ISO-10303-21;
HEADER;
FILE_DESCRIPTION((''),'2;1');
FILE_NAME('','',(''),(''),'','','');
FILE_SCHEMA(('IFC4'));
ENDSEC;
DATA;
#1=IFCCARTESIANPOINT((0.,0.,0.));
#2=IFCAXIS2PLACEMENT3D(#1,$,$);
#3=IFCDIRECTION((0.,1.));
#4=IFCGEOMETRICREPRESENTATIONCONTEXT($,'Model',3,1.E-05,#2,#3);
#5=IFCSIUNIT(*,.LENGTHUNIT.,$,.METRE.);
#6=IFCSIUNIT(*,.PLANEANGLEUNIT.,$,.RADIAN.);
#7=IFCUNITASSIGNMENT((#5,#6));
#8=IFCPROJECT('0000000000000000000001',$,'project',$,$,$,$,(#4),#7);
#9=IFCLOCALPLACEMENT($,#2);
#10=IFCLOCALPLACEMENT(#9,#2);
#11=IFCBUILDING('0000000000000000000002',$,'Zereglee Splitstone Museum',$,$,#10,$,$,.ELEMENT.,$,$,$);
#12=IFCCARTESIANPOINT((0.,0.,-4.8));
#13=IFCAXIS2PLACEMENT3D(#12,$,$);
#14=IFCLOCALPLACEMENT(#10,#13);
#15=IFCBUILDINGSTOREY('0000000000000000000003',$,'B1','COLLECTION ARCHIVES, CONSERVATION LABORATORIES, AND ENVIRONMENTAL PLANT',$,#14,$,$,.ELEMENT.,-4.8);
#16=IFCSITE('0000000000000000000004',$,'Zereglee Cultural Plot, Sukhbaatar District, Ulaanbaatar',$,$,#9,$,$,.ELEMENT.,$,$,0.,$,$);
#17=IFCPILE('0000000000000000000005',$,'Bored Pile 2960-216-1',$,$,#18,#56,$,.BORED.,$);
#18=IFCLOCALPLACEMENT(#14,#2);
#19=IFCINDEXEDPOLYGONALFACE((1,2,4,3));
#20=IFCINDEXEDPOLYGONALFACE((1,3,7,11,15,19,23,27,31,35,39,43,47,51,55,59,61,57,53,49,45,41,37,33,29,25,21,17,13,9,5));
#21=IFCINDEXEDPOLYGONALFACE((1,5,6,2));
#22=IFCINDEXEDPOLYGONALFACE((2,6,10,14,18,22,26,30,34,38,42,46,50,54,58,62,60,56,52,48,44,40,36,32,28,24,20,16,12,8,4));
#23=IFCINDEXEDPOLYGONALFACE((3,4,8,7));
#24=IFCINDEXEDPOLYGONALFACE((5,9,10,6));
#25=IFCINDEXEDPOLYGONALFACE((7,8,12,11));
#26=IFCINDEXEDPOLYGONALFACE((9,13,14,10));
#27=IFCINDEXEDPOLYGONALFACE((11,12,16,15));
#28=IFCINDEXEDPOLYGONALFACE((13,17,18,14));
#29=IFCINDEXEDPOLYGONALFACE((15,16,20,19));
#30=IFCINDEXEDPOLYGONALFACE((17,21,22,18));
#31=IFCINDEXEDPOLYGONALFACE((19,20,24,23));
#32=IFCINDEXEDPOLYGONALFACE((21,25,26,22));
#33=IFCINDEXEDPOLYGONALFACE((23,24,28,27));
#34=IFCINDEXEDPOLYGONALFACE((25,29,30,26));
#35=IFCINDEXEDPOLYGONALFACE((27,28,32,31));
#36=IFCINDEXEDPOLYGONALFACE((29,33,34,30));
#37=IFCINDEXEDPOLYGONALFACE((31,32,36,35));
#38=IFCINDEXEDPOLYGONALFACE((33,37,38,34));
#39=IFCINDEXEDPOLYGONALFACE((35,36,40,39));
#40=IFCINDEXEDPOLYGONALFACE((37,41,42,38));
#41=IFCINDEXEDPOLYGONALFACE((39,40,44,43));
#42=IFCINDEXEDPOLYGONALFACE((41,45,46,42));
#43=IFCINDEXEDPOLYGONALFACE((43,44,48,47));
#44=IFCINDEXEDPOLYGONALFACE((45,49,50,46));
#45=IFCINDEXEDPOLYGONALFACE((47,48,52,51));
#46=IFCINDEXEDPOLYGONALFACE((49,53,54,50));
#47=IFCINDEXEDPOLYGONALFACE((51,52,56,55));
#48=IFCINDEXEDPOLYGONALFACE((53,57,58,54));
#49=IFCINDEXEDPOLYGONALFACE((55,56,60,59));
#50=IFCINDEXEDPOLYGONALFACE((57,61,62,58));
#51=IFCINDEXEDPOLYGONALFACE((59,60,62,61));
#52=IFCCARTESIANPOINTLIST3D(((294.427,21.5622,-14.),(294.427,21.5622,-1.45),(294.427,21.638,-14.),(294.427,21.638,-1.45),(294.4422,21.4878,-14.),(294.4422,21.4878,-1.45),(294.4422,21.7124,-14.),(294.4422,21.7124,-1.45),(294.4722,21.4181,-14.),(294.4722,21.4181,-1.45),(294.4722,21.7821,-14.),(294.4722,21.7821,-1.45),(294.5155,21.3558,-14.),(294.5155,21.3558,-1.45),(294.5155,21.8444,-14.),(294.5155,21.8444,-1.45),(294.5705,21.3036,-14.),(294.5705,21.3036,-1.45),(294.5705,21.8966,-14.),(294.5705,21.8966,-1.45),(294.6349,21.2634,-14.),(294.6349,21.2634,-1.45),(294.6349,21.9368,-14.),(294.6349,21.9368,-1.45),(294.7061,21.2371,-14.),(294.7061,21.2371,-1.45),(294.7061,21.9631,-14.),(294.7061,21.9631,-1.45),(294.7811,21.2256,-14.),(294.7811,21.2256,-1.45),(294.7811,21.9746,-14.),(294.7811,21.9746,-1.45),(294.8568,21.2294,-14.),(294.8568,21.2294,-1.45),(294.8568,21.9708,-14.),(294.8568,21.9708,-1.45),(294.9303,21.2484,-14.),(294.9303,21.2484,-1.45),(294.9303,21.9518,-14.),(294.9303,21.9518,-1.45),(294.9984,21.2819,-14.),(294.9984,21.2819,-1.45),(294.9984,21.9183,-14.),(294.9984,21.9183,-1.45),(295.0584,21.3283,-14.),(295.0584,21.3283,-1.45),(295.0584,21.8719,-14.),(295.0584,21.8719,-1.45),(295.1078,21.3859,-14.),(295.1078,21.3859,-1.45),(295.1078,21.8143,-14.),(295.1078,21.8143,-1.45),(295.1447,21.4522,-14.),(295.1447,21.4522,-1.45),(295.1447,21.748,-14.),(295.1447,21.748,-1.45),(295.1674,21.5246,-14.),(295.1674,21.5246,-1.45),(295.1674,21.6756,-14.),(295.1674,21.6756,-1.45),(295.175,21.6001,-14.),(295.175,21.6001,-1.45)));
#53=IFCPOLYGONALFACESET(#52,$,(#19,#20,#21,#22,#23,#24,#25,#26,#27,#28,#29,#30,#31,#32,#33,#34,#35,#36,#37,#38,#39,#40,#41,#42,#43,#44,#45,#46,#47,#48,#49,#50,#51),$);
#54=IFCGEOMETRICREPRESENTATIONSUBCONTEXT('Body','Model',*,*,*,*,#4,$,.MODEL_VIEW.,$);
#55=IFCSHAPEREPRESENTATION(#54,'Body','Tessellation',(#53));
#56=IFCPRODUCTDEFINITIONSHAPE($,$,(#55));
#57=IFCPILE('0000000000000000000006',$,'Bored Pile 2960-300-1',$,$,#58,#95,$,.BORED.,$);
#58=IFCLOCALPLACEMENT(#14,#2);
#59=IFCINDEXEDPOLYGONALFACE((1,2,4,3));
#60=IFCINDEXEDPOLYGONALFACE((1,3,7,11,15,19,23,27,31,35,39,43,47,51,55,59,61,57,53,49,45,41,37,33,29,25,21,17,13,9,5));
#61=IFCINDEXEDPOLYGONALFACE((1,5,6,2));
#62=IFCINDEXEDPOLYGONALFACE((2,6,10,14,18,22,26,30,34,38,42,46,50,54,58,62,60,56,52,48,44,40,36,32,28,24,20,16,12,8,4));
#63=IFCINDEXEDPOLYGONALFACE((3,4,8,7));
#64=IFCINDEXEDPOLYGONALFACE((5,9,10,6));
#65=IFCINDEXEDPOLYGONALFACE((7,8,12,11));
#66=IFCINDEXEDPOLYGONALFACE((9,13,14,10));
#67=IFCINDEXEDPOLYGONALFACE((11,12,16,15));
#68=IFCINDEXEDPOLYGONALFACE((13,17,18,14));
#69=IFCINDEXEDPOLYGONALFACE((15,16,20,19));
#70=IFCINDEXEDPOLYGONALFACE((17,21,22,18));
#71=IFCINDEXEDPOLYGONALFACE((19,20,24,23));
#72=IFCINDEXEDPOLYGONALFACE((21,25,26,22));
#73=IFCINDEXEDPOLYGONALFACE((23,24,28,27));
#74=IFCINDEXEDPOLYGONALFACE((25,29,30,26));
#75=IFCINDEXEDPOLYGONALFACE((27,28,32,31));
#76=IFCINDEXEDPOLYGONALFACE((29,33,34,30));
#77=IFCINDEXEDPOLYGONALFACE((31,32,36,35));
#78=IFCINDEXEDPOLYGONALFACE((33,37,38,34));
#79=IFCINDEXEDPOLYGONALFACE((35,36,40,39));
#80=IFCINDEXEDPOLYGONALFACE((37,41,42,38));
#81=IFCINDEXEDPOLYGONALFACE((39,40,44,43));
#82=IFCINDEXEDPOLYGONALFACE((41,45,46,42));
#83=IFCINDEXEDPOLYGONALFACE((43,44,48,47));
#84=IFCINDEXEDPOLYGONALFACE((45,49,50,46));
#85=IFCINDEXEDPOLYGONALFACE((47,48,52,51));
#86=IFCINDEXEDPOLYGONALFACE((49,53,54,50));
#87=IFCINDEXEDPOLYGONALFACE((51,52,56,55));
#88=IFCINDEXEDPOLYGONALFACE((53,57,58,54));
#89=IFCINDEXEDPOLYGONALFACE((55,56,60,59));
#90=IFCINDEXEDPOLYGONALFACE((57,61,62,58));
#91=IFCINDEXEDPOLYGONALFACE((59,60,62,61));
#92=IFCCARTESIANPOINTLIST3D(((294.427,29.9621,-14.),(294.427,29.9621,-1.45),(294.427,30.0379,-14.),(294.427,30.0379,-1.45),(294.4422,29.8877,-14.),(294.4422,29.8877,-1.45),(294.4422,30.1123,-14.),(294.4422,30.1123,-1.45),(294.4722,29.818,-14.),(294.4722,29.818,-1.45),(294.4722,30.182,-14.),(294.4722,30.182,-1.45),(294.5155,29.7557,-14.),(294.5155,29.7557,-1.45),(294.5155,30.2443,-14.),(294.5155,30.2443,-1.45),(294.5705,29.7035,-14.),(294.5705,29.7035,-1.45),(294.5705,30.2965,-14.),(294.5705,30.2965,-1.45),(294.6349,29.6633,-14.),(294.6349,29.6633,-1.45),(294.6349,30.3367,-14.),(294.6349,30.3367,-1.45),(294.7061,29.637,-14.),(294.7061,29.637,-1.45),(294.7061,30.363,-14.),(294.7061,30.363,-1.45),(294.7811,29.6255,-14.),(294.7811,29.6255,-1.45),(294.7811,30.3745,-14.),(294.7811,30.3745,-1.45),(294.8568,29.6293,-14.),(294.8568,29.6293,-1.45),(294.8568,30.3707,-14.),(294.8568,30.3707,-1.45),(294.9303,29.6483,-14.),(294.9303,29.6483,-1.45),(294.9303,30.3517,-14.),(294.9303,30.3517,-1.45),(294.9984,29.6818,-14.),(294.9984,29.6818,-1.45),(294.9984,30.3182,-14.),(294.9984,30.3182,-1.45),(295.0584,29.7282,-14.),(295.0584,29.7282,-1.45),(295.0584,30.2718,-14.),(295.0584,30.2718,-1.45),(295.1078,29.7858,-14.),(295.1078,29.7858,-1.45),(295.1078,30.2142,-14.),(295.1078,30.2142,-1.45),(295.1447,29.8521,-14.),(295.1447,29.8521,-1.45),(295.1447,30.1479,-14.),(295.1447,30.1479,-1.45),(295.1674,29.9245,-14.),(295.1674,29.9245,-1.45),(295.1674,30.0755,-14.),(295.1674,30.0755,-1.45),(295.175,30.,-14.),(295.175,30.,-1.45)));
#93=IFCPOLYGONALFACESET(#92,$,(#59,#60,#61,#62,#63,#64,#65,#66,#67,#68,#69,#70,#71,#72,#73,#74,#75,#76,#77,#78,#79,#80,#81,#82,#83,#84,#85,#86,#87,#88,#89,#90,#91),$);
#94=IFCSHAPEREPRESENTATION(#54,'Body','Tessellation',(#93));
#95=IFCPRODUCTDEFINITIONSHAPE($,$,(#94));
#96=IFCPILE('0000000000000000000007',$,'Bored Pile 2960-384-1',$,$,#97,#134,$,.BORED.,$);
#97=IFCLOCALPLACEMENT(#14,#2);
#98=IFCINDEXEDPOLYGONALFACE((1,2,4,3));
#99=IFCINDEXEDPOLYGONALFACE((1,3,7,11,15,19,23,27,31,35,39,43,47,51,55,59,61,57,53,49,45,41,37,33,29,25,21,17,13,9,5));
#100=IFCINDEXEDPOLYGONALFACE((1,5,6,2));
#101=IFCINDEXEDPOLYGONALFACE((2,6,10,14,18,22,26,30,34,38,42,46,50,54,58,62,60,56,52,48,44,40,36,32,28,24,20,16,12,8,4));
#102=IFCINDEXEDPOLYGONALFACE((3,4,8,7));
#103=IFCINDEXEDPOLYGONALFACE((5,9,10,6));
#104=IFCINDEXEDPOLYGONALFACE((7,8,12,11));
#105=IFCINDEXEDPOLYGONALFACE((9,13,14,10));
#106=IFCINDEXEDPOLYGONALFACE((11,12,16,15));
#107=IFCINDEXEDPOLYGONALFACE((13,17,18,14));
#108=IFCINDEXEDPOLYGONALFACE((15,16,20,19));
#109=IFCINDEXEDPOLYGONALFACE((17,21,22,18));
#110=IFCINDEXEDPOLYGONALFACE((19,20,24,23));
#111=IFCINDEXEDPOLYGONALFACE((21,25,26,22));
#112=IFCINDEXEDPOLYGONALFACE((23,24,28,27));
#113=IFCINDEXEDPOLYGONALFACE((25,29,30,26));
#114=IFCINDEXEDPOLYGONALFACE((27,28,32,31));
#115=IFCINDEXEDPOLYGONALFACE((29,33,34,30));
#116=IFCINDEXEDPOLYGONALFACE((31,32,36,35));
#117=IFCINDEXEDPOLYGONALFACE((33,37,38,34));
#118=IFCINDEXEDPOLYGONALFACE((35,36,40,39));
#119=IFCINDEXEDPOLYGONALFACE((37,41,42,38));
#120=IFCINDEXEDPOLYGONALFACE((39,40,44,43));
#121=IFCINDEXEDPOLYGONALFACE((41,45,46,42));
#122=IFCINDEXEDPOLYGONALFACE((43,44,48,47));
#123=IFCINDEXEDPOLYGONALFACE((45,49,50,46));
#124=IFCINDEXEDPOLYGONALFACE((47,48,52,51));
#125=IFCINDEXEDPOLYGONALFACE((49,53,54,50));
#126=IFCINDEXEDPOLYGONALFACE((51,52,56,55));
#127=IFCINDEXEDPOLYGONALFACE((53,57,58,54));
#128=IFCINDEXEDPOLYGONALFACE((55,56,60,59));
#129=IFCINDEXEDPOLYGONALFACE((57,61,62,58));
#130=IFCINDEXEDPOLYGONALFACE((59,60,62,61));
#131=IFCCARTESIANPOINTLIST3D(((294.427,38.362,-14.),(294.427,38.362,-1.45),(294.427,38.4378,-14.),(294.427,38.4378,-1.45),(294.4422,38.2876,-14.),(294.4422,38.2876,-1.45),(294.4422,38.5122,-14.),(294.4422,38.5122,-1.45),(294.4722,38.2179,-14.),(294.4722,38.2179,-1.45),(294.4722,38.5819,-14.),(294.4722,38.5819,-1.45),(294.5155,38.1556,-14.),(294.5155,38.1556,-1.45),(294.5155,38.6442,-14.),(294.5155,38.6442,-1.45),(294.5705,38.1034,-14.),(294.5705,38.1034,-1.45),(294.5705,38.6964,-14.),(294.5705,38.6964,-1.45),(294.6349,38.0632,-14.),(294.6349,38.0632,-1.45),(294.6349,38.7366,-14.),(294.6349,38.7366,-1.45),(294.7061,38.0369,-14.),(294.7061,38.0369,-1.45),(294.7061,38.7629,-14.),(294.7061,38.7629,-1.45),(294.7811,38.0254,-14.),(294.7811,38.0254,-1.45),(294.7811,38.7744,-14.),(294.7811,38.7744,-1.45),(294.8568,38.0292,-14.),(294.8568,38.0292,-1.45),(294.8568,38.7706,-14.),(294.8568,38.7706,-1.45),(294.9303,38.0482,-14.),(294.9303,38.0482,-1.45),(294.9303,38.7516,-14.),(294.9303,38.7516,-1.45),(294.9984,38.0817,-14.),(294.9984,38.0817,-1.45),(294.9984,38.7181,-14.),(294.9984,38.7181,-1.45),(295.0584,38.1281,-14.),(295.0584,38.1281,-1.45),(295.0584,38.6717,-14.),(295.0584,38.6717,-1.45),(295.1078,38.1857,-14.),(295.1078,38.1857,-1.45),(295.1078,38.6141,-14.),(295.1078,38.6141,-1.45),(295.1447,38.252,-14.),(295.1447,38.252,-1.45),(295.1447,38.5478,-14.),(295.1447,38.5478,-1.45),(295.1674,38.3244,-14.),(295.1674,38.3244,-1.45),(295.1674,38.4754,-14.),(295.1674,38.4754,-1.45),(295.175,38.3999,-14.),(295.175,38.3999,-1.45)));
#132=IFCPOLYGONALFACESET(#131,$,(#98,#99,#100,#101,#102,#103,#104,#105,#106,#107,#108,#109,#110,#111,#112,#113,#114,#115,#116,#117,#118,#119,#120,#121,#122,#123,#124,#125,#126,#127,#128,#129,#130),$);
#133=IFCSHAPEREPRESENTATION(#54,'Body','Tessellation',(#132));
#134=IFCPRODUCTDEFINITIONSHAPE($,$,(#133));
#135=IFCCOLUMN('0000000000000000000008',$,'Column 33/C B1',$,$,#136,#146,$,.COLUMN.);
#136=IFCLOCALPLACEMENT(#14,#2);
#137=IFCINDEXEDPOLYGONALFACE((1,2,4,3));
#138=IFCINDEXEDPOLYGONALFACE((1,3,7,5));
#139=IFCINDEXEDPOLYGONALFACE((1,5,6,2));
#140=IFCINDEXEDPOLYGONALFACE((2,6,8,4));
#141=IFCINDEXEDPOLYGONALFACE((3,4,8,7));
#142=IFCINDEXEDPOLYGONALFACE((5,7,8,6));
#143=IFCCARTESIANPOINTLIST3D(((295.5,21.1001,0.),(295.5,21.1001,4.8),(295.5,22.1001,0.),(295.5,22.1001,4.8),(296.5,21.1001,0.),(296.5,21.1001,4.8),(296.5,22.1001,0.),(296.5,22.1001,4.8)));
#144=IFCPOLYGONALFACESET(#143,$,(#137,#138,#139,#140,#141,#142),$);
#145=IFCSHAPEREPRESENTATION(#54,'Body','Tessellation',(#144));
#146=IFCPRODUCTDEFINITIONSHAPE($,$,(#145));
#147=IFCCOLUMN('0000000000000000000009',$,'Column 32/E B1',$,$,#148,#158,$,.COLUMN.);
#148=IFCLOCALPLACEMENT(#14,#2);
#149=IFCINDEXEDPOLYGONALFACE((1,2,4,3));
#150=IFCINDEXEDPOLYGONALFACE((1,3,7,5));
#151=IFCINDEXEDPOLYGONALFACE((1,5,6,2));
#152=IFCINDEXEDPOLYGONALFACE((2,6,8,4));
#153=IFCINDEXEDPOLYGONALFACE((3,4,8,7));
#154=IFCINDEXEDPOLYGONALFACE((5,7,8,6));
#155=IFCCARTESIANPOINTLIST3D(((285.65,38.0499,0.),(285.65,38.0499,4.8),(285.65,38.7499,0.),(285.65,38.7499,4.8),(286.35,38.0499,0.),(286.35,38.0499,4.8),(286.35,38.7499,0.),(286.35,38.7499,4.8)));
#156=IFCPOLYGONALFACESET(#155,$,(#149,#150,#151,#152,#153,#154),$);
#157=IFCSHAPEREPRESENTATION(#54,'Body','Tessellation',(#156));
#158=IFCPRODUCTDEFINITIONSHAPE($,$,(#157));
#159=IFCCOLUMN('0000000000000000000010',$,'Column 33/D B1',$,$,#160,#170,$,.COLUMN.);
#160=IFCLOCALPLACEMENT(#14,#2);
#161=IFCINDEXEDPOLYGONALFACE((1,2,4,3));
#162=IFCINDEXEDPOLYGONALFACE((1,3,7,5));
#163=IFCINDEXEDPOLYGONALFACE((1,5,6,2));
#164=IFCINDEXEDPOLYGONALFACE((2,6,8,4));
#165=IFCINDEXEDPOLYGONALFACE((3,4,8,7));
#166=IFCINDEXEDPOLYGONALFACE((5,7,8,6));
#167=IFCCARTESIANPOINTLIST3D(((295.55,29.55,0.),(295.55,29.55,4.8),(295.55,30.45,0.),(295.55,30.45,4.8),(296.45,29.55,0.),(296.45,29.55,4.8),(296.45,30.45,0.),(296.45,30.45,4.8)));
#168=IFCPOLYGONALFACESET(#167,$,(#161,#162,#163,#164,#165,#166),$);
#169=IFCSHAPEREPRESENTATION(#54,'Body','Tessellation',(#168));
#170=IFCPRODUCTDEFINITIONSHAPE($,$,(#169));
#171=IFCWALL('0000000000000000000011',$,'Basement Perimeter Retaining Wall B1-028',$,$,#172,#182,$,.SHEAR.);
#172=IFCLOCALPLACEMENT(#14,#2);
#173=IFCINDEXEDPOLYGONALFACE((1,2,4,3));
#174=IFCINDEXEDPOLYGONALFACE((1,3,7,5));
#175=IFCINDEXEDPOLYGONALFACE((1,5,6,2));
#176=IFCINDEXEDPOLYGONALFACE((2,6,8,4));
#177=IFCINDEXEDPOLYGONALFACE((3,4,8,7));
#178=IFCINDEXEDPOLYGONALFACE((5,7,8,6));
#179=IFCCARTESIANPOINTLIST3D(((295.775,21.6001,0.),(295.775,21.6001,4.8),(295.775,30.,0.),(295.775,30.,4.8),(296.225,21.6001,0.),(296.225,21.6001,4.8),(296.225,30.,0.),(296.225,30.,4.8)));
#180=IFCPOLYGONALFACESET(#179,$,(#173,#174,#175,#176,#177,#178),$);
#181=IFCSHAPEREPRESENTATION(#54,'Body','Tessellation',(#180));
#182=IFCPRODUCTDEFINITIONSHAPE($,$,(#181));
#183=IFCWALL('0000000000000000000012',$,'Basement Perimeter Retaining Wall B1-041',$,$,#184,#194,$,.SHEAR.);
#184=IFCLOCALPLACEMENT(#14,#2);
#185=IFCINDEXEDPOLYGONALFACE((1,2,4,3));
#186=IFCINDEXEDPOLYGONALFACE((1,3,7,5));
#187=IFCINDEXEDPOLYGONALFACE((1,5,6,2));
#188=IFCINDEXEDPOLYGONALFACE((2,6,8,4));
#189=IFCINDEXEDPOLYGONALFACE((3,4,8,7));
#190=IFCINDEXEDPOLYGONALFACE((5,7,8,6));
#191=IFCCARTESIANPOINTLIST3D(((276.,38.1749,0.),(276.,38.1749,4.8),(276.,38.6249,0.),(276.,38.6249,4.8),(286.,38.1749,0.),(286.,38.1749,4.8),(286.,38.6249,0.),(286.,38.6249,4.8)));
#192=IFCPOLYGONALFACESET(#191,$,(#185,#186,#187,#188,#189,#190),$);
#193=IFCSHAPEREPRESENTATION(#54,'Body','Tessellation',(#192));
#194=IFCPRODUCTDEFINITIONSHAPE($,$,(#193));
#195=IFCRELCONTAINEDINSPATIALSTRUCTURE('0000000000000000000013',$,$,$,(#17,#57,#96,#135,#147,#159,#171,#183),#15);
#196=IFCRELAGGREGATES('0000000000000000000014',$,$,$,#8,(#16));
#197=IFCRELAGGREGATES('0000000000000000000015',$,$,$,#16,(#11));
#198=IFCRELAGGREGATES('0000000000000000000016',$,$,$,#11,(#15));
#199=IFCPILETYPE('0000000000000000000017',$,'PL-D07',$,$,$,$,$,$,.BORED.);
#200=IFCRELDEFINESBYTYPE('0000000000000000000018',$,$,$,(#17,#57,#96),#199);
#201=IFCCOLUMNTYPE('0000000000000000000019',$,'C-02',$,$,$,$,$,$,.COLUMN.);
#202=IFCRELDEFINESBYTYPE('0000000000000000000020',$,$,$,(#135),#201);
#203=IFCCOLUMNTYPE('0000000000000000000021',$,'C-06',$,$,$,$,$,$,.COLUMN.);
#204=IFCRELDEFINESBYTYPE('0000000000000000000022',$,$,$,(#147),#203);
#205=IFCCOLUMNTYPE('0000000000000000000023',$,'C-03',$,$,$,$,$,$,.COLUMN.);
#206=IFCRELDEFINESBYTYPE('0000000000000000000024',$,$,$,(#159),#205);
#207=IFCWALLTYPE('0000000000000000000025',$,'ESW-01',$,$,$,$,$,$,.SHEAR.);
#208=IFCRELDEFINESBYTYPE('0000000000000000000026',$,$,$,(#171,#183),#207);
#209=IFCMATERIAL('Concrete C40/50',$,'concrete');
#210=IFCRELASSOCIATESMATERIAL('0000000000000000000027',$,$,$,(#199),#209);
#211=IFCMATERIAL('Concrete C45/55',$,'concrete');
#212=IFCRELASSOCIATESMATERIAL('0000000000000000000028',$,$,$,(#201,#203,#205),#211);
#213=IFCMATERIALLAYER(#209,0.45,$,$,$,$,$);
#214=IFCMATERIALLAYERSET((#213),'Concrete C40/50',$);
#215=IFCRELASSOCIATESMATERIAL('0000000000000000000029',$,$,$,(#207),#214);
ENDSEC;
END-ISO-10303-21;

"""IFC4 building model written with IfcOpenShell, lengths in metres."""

from ifc_helpers import new_model, si_unit, direction, frame, frame_2d, origin, origin_2d, place, context, subcontext, project, spatial, rectangle, circle, extrude, material, layer, layer_set, material_profile, profile_set, type_object, element, save


model = new_model("IFC4")

# Units and contexts
model_context = context("Model", 3, precision=1e-05, world=origin(), true_north=direction((0.0, 1.0)))
body_context = subcontext(model_context, "Body", "Model", "MODEL_VIEW")
ifc_project = project(units=[si_unit("LENGTHUNIT", "METRE"), si_unit("PLANEANGLEUNIT", "RADIAN")], contexts=[model_context])

# Site, building, storey
site_placement = place(None, origin())
site = spatial("IfcSite", under=ifc_project, at=site_placement, Name="Zereglee Cultural Plot, Sukhbaatar District, Ulaanbaatar", CompositionType="ELEMENT", RefElevation=0.0)
building_placement = place(site_placement, origin())
building = spatial("IfcBuilding", under=site, at=building_placement, Name="Zereglee Splitstone Museum", CompositionType="ELEMENT")
storey_placement = place(building_placement, frame((0.0, 0.0, -4.8)))
storey = spatial("IfcBuildingStorey", under=building, at=storey_placement, Name="B1", Description="COLLECTION ARCHIVES, CONSERVATION LABORATORIES, AND ENVIRONMENTAL PLANT", CompositionType="ELEMENT", Elevation=-4.8)

# Shared definitions
ifc_material_1 = material(Name="Concrete C40/50", Category="concrete")

# Piles
ifc_material_profile_1 = material_profile(ifc_material_1, circle(Radius=0.375, at=origin_2d()), Name="PILE D750")
ifc_profile_set_1 = profile_set([ifc_material_profile_1], Name="Concrete C40/50")
pile_type = type_object("IfcPileType", Name="PL-D07", PredefinedType="BORED", material=ifc_profile_set_1)
for number, where, z_axis, x_axis, name in (
    (1, (294.8, 21.6001, -1.45), (0.0, 0.0, -1.0), (1.0, 0.0, 0.0), "Bored Pile 2960-216-1"),
    (2, (294.8, 30.0, -1.45), (0.0, 0.0, -1.0), (1.0, 0.0, 0.0), "Bored Pile 2960-300-1"),
    (3, (294.8, 38.3999, -1.45), (0.0, 0.0, -1.0), (1.0, 0.0, 0.0), "Bored Pile 2960-384-1"),
):
    element("IfcPile", number, at=place(storey_placement, frame(where, z_axis=z_axis, x_axis=x_axis)), inside=storey, type_object=pile_type, Name=name, PredefinedType="BORED", context=body_context, shape_type="SweptSolid", body=[
        extrude(circle(Radius=0.375, at=origin_2d()), origin(), (0.0, 0.0, 1.0), 12.55),
    ])

# Columns
ifc_material_2 = material(Name="Concrete C45/55", Category="concrete")
ifc_material_profile_2 = material_profile(ifc_material_2, rectangle(XDim=1.0, YDim=1.0, at=origin_2d()), Name="RC 1000x1000")
ifc_profile_set_2 = profile_set([ifc_material_profile_2], Name="Concrete C45/55")
column_type_1 = type_object("IfcColumnType", Name="C-02", PredefinedType="COLUMN", material=ifc_profile_set_2)
column_1_placement = place(storey_placement, frame((296.0, 21.6001, 0.0), z_axis=(0.0, 0.0, 1.0), x_axis=(1.0, 0.0, 0.0)))
element("IfcColumn", 4, at=column_1_placement, inside=storey, type_object=column_type_1, Name="Column 33/C B1", PredefinedType="COLUMN", context=body_context, shape_type="SweptSolid", body=[
    extrude(rectangle(XDim=1.0, YDim=1.0, at=origin_2d()), origin(), (0.0, 0.0, 1.0), 4.8),
])
ifc_material_profile_3 = material_profile(ifc_material_2, rectangle(XDim=0.7, YDim=0.7, at=origin_2d()), Name="RC 700x700")
ifc_profile_set_3 = profile_set([ifc_material_profile_3], Name="Concrete C45/55")
column_type_2 = type_object("IfcColumnType", Name="C-06", PredefinedType="COLUMN", material=ifc_profile_set_3)
column_2_placement = place(storey_placement, frame((286.0, 38.3999, 0.0), z_axis=(0.0, 0.0, 1.0), x_axis=(1.0, 0.0, 0.0)))
element("IfcColumn", 5, at=column_2_placement, inside=storey, type_object=column_type_2, Name="Column 32/E B1", PredefinedType="COLUMN", context=body_context, shape_type="SweptSolid", body=[
    extrude(rectangle(XDim=0.7, YDim=0.7, at=origin_2d()), origin(), (0.0, 0.0, 1.0), 4.8),
])
ifc_material_profile_4 = material_profile(ifc_material_2, rectangle(XDim=0.8999, YDim=0.8999, at=origin_2d()), Name="RC 900x900")
ifc_profile_set_4 = profile_set([ifc_material_profile_4], Name="Concrete C45/55")
column_type_3 = type_object("IfcColumnType", Name="C-03", PredefinedType="COLUMN", material=ifc_profile_set_4)
column_3_placement = place(storey_placement, frame((296.0, 30.0, 0.0), z_axis=(0.0, 0.0, 1.0), x_axis=(1.0, 0.0, 0.0)))
element("IfcColumn", 6, at=column_3_placement, inside=storey, type_object=column_type_3, Name="Column 33/D B1", PredefinedType="COLUMN", context=body_context, shape_type="SweptSolid", body=[
    extrude(rectangle(XDim=0.8999, YDim=0.8999, at=origin_2d()), origin(), (0.0, 0.0, 1.0), 4.8),
])

# Walls
ifc_layer_1 = layer(ifc_material_1, 0.45)
ifc_layer_set_1 = layer_set([ifc_layer_1], Name="Concrete C40/50")
wall_type_1 = type_object("IfcWallType", Name="ESW-01", PredefinedType="SHEAR", material=ifc_layer_set_1)
wall_1_placement = place(storey_placement, frame((296.0, 21.6001, 0.0), z_axis=(0.0, 0.0, 1.0), x_axis=(0.0, 1.0, 0.0)))
element("IfcWall", 7, at=wall_1_placement, inside=storey, type_object=wall_type_1, Name="Basement Perimeter Retaining Wall B1-028", PredefinedType="SHEAR", context=body_context, shape_type="SweptSolid", body=[
    extrude(rectangle(XDim=8.3999, YDim=0.45, at=frame_2d((4.2, 0.0))), origin(), (0.0, 0.0, 1.0), 4.8),
])
wall_2_placement = place(storey_placement, frame((286.0, 38.3999, 0.0), z_axis=(0.0, 0.0, 1.0), x_axis=(-1.0, 0.0, 0.0)))
element("IfcWall", 8, at=wall_2_placement, inside=storey, type_object=wall_type_1, Name="Basement Perimeter Retaining Wall B1-041", PredefinedType="SHEAR", context=body_context, shape_type="SweptSolid", body=[
    extrude(rectangle(XDim=10.0, YDim=0.45, at=frame_2d((5.0, 0.0))), origin(), (0.0, 0.0, 1.0), 4.8),
])

save(model, "model.ifc")
